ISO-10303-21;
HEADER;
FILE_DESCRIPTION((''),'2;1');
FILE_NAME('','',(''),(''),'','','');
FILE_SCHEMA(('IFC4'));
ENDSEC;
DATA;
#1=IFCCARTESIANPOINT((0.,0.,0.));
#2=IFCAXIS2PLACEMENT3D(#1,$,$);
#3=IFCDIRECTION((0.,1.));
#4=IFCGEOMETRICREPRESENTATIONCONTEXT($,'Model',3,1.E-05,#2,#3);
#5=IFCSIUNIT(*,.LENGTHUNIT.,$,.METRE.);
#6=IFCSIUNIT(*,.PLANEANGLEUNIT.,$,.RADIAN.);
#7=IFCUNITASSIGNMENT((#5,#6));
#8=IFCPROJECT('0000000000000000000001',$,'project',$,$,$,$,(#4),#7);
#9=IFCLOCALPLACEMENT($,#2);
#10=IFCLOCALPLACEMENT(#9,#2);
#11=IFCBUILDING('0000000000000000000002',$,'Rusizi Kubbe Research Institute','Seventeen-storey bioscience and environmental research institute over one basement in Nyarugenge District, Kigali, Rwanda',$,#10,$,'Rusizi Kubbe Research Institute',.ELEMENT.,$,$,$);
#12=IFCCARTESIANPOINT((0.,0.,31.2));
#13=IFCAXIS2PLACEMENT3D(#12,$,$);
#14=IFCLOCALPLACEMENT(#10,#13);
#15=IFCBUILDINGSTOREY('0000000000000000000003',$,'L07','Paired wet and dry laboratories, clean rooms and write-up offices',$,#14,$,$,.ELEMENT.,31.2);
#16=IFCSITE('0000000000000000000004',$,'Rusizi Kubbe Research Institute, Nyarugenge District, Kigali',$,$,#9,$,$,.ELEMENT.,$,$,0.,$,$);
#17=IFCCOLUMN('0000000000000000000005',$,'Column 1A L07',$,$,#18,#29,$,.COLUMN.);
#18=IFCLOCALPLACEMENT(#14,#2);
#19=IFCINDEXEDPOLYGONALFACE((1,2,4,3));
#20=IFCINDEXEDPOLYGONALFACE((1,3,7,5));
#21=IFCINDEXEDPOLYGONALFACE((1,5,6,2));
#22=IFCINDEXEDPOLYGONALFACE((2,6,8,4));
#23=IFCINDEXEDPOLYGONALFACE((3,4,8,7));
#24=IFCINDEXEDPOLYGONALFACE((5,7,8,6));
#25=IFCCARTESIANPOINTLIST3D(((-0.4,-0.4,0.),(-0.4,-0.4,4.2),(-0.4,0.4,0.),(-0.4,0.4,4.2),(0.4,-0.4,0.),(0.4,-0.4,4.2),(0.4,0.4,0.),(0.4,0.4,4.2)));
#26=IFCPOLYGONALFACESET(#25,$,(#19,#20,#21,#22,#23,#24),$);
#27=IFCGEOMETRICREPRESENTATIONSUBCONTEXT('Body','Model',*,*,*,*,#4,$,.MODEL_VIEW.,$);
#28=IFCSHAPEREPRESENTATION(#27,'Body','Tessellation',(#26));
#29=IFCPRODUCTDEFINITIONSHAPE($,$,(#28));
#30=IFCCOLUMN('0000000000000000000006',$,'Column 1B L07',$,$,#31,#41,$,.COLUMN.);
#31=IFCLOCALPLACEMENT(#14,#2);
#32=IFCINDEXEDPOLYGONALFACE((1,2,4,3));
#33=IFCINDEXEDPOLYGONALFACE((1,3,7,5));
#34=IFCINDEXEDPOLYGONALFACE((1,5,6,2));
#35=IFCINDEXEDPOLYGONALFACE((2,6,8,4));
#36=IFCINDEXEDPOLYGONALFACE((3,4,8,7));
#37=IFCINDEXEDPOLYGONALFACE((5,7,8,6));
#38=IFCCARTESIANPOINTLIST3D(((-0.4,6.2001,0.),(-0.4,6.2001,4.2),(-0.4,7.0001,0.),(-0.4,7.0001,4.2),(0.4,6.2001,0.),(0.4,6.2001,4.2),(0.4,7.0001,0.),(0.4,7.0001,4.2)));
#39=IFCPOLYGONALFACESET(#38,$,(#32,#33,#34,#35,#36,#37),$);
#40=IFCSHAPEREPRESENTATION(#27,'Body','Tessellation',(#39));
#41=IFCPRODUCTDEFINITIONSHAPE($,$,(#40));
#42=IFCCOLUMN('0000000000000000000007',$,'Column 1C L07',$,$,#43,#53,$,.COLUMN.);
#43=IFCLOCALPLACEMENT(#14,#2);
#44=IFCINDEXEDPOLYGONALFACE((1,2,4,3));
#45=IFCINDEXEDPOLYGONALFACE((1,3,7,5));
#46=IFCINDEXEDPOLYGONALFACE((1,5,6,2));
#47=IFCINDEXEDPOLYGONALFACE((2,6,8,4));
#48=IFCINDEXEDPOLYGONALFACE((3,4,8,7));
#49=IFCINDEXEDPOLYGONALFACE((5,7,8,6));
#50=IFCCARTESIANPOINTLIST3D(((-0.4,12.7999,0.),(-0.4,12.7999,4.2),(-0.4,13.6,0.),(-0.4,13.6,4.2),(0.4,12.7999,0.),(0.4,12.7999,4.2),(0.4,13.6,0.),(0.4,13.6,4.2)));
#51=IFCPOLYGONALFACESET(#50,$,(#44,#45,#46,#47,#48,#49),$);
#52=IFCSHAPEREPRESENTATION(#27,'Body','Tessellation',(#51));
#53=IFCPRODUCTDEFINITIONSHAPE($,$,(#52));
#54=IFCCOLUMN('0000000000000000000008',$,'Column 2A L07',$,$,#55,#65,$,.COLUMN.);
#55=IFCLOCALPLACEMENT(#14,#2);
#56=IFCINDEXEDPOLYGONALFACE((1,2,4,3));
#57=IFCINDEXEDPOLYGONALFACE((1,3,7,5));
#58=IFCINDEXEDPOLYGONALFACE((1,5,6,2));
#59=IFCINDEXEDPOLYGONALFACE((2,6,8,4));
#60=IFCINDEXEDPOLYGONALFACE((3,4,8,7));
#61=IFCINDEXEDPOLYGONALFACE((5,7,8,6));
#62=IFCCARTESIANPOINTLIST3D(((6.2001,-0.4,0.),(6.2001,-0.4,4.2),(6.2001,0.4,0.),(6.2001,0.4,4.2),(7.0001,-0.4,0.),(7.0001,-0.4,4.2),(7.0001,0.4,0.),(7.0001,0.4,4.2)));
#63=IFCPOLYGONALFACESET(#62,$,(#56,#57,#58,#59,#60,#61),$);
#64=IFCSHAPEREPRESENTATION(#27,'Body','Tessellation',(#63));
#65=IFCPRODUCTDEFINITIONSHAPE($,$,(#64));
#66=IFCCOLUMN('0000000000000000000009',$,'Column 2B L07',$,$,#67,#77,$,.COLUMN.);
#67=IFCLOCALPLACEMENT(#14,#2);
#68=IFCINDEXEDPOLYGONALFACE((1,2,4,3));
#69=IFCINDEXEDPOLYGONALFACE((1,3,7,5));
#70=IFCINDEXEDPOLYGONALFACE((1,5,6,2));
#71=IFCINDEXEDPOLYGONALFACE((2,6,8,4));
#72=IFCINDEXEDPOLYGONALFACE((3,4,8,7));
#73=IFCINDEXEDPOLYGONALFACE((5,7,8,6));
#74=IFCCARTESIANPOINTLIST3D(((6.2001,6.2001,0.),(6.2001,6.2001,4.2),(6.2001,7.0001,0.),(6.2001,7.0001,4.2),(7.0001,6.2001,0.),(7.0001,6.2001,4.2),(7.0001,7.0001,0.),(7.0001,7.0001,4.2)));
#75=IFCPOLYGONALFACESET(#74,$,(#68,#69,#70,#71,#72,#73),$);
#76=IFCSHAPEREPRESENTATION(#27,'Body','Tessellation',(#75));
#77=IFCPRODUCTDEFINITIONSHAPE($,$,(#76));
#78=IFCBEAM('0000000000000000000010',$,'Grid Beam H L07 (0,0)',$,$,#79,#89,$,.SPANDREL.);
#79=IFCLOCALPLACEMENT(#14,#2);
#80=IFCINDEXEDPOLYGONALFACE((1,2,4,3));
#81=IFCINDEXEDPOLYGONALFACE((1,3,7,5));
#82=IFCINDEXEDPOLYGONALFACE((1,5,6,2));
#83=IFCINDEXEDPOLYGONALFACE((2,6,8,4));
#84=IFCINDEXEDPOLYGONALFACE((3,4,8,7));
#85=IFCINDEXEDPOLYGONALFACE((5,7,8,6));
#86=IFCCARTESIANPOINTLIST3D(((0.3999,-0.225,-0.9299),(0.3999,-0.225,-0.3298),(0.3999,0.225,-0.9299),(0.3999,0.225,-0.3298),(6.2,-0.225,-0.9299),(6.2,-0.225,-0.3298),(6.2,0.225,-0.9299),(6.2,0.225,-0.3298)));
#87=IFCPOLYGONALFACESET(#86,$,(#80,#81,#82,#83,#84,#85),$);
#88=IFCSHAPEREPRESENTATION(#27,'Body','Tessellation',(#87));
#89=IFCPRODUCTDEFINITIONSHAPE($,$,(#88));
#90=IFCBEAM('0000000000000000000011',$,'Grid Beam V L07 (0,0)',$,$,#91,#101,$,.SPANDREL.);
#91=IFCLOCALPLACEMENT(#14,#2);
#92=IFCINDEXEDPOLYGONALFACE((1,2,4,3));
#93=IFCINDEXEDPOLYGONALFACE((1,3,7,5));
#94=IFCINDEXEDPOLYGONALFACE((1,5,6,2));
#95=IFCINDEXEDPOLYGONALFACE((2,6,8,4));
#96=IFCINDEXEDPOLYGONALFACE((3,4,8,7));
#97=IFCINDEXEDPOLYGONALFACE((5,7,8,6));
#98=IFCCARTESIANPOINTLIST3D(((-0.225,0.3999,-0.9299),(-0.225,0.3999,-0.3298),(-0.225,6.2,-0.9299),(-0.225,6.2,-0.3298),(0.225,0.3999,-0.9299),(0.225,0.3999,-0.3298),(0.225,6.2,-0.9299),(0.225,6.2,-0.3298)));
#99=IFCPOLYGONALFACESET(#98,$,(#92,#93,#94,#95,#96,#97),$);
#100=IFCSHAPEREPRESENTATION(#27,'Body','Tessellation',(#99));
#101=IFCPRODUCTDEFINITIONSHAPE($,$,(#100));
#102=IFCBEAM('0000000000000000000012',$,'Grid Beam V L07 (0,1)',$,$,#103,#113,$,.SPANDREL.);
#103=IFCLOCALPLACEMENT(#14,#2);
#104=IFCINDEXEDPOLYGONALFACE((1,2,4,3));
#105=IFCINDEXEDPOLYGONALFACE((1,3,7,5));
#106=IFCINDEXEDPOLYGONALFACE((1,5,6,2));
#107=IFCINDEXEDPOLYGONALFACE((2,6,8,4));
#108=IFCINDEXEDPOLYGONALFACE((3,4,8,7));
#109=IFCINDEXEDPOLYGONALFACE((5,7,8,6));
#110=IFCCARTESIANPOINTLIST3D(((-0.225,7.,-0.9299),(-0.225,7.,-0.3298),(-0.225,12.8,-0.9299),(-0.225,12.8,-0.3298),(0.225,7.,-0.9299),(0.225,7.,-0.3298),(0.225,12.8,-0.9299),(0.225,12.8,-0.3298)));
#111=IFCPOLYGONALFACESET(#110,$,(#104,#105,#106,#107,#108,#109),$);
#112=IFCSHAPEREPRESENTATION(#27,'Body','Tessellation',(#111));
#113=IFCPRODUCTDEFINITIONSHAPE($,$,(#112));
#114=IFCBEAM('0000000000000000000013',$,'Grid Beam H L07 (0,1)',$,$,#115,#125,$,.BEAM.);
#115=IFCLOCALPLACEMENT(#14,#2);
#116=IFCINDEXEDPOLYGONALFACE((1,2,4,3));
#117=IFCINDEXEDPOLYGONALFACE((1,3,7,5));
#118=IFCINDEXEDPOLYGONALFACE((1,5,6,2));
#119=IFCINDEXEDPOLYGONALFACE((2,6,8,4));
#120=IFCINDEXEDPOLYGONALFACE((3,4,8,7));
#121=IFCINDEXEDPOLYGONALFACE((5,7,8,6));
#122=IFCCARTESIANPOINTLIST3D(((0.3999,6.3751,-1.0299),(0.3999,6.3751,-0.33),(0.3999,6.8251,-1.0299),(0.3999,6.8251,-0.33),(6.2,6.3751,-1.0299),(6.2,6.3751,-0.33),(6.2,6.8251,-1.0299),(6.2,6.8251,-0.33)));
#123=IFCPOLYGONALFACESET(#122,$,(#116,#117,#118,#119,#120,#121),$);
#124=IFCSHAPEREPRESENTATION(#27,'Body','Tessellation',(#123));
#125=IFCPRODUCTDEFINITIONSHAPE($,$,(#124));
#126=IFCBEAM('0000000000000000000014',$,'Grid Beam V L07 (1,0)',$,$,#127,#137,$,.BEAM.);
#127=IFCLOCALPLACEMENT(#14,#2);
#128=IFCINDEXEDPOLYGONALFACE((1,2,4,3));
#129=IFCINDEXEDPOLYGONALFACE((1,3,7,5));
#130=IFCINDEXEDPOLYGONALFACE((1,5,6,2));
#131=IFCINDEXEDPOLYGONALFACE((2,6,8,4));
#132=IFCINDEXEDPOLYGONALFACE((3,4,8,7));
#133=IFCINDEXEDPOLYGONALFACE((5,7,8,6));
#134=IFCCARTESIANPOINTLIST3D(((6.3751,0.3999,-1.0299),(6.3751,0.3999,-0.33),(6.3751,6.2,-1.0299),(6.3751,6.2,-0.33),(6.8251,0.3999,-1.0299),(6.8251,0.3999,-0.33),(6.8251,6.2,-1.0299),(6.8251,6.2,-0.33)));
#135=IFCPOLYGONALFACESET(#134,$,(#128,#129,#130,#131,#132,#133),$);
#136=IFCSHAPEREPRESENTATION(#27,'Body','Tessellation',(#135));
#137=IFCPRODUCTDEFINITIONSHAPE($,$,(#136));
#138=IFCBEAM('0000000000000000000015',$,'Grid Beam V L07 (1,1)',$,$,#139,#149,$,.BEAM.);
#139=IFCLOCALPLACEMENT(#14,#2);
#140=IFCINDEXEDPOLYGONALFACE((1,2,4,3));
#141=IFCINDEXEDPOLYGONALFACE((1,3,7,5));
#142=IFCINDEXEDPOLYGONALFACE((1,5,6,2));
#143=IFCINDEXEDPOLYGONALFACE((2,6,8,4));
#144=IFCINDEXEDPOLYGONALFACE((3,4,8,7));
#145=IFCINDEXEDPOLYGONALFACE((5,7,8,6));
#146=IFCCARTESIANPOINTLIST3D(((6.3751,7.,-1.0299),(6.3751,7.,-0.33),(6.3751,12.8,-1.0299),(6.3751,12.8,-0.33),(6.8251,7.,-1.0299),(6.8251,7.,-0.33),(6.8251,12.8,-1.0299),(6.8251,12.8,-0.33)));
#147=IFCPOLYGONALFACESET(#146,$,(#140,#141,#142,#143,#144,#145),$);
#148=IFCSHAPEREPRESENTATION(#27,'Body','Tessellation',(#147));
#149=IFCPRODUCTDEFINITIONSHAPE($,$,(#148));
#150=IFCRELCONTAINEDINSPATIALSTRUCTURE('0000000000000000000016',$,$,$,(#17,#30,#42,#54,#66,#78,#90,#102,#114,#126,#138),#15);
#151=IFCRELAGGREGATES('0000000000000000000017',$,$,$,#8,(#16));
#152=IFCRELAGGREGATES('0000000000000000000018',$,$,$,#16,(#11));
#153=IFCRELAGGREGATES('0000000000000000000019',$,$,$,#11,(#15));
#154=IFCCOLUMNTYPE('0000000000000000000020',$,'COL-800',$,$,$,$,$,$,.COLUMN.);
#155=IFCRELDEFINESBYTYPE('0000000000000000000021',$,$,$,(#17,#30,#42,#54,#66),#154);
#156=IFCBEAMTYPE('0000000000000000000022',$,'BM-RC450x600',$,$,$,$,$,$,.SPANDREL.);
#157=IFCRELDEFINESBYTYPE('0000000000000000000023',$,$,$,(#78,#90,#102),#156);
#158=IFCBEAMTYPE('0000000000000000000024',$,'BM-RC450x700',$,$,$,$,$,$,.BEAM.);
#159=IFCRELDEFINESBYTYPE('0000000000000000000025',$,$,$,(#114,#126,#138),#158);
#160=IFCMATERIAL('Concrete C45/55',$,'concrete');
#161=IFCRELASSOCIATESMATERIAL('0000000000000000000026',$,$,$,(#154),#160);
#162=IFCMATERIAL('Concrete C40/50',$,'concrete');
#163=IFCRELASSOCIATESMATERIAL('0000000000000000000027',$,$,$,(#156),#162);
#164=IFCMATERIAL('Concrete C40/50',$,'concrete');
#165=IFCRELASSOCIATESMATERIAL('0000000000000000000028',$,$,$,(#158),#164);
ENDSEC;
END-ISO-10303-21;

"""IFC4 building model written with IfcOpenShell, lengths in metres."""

from ifc_helpers import new_model, si_unit, direction, frame, origin, origin_2d, place, context, subcontext, project, spatial, rectangle, extrude, material, material_profile, profile_set, type_object, element, save


model = new_model("IFC4")

# Units and contexts
model_context = context("Model", 3, precision=1e-05, world=origin(), true_north=direction((0.0, 1.0)))
body_context = subcontext(model_context, "Body", "Model", "MODEL_VIEW")
ifc_project = project(units=[si_unit("LENGTHUNIT", "METRE"), si_unit("PLANEANGLEUNIT", "RADIAN")], contexts=[model_context])

# Site, building, storey
site_placement = place(None, origin())
site = spatial("IfcSite", under=ifc_project, at=site_placement, Name="Rusizi Kubbe Research Institute, Nyarugenge District, Kigali", CompositionType="ELEMENT", RefElevation=0.0)
building_placement = place(site_placement, origin())
building = spatial("IfcBuilding", under=site, at=building_placement, Name="Rusizi Kubbe Research Institute", Description="Seventeen-storey bioscience and environmental research institute over one basement in Nyarugenge District, Kigali, Rwanda", LongName="Rusizi Kubbe Research Institute", CompositionType="ELEMENT")
storey_placement = place(building_placement, frame((0.0, 0.0, 31.2)))
storey = spatial("IfcBuildingStorey", under=building, at=storey_placement, Name="L07", Description="Paired wet and dry laboratories, clean rooms and write-up offices", CompositionType="ELEMENT", Elevation=31.2)

# Columns
ifc_material_1 = material(Name="Concrete C45/55", Category="concrete")
ifc_material_profile_1 = material_profile(ifc_material_1, rectangle(XDim=0.8, YDim=0.8, at=origin_2d()), Name="RC800x800")
ifc_profile_set_1 = profile_set([ifc_material_profile_1], Name="Concrete C45/55")
column_type = type_object("IfcColumnType", Name="COL-800", PredefinedType="COLUMN", material=ifc_profile_set_1)
for number, where, z_axis, x_axis, name in (
    (1, (0.0, 0.0, 0.0), (0.0, 0.0, 1.0), (1.0, 0.0, 0.0), "Column 1A L07"),
    (2, (0.0, 6.6001, 0.0), (0.0, 0.0, 1.0), (1.0, 0.0, 0.0), "Column 1B L07"),
    (3, (0.0, 13.2, 0.0), (0.0, 0.0, 1.0), (1.0, 0.0, 0.0), "Column 1C L07"),
    (4, (6.6001, 0.0, 0.0), (0.0, 0.0, 1.0), (1.0, 0.0, 0.0), "Column 2A L07"),
    (5, (6.6001, 6.6001, 0.0), (0.0, 0.0, 1.0), (1.0, 0.0, 0.0), "Column 2B L07"),
):
    element("IfcColumn", number, at=place(storey_placement, frame(where, z_axis=z_axis, x_axis=x_axis)), inside=storey, type_object=column_type, Name=name, PredefinedType="COLUMN", context=body_context, shape_type="SweptSolid", body=[
        extrude(rectangle(XDim=0.8, YDim=0.8, at=origin_2d()), origin(), (0.0, 0.0, 1.0), 4.2),
    ])

# Beams
ifc_material_2 = material(Name="Concrete C40/50", Category="concrete")
ifc_material_profile_2 = material_profile(ifc_material_2, rectangle(XDim=0.45, YDim=0.6001, at=origin_2d()), Name="RC450x600")
ifc_profile_set_2 = profile_set([ifc_material_profile_2], Name="Concrete C40/50")
beam_type_1 = type_object("IfcBeamType", Name="BM-RC450x600", PredefinedType="SPANDREL", material=ifc_profile_set_2)
for number, where, z_axis, x_axis, name in (
    (6, (0.3999, 0.0, -0.6299), (1.0, 0.0, 0.0), (0.0, 1.0, 0.0), "Grid Beam H L07 (0,0)"),
    (7, (0.0, 0.3999, -0.6299), (0.0, 1.0, 0.0), (-1.0, 0.0, 0.0), "Grid Beam V L07 (0,0)"),
    (8, (0.0, 7.0, -0.6299), (0.0, 1.0, 0.0), (-1.0, 0.0, 0.0), "Grid Beam V L07 (0,1)"),
):
    element("IfcBeam", number, at=place(storey_placement, frame(where, z_axis=z_axis, x_axis=x_axis)), inside=storey, type_object=beam_type_1, Name=name, PredefinedType="SPANDREL", context=body_context, shape_type="SweptSolid", body=[
        extrude(rectangle(XDim=0.45, YDim=0.6001, at=origin_2d()), origin(), (0.0, 0.0, 1.0), 5.8),
    ])
ifc_material_3 = material(Name="Concrete C40/50", Category="concrete")
ifc_material_profile_3 = material_profile(ifc_material_3, rectangle(XDim=0.45, YDim=0.7, at=origin_2d()), Name="RC450x700B")
ifc_profile_set_3 = profile_set([ifc_material_profile_3], Name="Concrete C40/50")
beam_type_2 = type_object("IfcBeamType", Name="BM-RC450x700", PredefinedType="BEAM", material=ifc_profile_set_3)
for number, where, z_axis, x_axis, name in (
    (9, (0.3999, 6.6001, -0.6799), (1.0, 0.0, 0.0), (0.0, 1.0, 0.0), "Grid Beam H L07 (0,1)"),
    (10, (6.6001, 0.3999, -0.6799), (0.0, 1.0, 0.0), (-1.0, 0.0, 0.0), "Grid Beam V L07 (1,0)"),
    (11, (6.6001, 7.0, -0.6799), (0.0, 1.0, 0.0), (-1.0, 0.0, 0.0), "Grid Beam V L07 (1,1)"),
):
    element("IfcBeam", number, at=place(storey_placement, frame(where, z_axis=z_axis, x_axis=x_axis)), inside=storey, type_object=beam_type_2, Name=name, PredefinedType="BEAM", context=body_context, shape_type="SweptSolid", body=[
        extrude(rectangle(XDim=0.45, YDim=0.7, at=origin_2d()), origin(), (0.0, 0.0, 1.0), 5.8),
    ])

save(model, "model.ifc")
